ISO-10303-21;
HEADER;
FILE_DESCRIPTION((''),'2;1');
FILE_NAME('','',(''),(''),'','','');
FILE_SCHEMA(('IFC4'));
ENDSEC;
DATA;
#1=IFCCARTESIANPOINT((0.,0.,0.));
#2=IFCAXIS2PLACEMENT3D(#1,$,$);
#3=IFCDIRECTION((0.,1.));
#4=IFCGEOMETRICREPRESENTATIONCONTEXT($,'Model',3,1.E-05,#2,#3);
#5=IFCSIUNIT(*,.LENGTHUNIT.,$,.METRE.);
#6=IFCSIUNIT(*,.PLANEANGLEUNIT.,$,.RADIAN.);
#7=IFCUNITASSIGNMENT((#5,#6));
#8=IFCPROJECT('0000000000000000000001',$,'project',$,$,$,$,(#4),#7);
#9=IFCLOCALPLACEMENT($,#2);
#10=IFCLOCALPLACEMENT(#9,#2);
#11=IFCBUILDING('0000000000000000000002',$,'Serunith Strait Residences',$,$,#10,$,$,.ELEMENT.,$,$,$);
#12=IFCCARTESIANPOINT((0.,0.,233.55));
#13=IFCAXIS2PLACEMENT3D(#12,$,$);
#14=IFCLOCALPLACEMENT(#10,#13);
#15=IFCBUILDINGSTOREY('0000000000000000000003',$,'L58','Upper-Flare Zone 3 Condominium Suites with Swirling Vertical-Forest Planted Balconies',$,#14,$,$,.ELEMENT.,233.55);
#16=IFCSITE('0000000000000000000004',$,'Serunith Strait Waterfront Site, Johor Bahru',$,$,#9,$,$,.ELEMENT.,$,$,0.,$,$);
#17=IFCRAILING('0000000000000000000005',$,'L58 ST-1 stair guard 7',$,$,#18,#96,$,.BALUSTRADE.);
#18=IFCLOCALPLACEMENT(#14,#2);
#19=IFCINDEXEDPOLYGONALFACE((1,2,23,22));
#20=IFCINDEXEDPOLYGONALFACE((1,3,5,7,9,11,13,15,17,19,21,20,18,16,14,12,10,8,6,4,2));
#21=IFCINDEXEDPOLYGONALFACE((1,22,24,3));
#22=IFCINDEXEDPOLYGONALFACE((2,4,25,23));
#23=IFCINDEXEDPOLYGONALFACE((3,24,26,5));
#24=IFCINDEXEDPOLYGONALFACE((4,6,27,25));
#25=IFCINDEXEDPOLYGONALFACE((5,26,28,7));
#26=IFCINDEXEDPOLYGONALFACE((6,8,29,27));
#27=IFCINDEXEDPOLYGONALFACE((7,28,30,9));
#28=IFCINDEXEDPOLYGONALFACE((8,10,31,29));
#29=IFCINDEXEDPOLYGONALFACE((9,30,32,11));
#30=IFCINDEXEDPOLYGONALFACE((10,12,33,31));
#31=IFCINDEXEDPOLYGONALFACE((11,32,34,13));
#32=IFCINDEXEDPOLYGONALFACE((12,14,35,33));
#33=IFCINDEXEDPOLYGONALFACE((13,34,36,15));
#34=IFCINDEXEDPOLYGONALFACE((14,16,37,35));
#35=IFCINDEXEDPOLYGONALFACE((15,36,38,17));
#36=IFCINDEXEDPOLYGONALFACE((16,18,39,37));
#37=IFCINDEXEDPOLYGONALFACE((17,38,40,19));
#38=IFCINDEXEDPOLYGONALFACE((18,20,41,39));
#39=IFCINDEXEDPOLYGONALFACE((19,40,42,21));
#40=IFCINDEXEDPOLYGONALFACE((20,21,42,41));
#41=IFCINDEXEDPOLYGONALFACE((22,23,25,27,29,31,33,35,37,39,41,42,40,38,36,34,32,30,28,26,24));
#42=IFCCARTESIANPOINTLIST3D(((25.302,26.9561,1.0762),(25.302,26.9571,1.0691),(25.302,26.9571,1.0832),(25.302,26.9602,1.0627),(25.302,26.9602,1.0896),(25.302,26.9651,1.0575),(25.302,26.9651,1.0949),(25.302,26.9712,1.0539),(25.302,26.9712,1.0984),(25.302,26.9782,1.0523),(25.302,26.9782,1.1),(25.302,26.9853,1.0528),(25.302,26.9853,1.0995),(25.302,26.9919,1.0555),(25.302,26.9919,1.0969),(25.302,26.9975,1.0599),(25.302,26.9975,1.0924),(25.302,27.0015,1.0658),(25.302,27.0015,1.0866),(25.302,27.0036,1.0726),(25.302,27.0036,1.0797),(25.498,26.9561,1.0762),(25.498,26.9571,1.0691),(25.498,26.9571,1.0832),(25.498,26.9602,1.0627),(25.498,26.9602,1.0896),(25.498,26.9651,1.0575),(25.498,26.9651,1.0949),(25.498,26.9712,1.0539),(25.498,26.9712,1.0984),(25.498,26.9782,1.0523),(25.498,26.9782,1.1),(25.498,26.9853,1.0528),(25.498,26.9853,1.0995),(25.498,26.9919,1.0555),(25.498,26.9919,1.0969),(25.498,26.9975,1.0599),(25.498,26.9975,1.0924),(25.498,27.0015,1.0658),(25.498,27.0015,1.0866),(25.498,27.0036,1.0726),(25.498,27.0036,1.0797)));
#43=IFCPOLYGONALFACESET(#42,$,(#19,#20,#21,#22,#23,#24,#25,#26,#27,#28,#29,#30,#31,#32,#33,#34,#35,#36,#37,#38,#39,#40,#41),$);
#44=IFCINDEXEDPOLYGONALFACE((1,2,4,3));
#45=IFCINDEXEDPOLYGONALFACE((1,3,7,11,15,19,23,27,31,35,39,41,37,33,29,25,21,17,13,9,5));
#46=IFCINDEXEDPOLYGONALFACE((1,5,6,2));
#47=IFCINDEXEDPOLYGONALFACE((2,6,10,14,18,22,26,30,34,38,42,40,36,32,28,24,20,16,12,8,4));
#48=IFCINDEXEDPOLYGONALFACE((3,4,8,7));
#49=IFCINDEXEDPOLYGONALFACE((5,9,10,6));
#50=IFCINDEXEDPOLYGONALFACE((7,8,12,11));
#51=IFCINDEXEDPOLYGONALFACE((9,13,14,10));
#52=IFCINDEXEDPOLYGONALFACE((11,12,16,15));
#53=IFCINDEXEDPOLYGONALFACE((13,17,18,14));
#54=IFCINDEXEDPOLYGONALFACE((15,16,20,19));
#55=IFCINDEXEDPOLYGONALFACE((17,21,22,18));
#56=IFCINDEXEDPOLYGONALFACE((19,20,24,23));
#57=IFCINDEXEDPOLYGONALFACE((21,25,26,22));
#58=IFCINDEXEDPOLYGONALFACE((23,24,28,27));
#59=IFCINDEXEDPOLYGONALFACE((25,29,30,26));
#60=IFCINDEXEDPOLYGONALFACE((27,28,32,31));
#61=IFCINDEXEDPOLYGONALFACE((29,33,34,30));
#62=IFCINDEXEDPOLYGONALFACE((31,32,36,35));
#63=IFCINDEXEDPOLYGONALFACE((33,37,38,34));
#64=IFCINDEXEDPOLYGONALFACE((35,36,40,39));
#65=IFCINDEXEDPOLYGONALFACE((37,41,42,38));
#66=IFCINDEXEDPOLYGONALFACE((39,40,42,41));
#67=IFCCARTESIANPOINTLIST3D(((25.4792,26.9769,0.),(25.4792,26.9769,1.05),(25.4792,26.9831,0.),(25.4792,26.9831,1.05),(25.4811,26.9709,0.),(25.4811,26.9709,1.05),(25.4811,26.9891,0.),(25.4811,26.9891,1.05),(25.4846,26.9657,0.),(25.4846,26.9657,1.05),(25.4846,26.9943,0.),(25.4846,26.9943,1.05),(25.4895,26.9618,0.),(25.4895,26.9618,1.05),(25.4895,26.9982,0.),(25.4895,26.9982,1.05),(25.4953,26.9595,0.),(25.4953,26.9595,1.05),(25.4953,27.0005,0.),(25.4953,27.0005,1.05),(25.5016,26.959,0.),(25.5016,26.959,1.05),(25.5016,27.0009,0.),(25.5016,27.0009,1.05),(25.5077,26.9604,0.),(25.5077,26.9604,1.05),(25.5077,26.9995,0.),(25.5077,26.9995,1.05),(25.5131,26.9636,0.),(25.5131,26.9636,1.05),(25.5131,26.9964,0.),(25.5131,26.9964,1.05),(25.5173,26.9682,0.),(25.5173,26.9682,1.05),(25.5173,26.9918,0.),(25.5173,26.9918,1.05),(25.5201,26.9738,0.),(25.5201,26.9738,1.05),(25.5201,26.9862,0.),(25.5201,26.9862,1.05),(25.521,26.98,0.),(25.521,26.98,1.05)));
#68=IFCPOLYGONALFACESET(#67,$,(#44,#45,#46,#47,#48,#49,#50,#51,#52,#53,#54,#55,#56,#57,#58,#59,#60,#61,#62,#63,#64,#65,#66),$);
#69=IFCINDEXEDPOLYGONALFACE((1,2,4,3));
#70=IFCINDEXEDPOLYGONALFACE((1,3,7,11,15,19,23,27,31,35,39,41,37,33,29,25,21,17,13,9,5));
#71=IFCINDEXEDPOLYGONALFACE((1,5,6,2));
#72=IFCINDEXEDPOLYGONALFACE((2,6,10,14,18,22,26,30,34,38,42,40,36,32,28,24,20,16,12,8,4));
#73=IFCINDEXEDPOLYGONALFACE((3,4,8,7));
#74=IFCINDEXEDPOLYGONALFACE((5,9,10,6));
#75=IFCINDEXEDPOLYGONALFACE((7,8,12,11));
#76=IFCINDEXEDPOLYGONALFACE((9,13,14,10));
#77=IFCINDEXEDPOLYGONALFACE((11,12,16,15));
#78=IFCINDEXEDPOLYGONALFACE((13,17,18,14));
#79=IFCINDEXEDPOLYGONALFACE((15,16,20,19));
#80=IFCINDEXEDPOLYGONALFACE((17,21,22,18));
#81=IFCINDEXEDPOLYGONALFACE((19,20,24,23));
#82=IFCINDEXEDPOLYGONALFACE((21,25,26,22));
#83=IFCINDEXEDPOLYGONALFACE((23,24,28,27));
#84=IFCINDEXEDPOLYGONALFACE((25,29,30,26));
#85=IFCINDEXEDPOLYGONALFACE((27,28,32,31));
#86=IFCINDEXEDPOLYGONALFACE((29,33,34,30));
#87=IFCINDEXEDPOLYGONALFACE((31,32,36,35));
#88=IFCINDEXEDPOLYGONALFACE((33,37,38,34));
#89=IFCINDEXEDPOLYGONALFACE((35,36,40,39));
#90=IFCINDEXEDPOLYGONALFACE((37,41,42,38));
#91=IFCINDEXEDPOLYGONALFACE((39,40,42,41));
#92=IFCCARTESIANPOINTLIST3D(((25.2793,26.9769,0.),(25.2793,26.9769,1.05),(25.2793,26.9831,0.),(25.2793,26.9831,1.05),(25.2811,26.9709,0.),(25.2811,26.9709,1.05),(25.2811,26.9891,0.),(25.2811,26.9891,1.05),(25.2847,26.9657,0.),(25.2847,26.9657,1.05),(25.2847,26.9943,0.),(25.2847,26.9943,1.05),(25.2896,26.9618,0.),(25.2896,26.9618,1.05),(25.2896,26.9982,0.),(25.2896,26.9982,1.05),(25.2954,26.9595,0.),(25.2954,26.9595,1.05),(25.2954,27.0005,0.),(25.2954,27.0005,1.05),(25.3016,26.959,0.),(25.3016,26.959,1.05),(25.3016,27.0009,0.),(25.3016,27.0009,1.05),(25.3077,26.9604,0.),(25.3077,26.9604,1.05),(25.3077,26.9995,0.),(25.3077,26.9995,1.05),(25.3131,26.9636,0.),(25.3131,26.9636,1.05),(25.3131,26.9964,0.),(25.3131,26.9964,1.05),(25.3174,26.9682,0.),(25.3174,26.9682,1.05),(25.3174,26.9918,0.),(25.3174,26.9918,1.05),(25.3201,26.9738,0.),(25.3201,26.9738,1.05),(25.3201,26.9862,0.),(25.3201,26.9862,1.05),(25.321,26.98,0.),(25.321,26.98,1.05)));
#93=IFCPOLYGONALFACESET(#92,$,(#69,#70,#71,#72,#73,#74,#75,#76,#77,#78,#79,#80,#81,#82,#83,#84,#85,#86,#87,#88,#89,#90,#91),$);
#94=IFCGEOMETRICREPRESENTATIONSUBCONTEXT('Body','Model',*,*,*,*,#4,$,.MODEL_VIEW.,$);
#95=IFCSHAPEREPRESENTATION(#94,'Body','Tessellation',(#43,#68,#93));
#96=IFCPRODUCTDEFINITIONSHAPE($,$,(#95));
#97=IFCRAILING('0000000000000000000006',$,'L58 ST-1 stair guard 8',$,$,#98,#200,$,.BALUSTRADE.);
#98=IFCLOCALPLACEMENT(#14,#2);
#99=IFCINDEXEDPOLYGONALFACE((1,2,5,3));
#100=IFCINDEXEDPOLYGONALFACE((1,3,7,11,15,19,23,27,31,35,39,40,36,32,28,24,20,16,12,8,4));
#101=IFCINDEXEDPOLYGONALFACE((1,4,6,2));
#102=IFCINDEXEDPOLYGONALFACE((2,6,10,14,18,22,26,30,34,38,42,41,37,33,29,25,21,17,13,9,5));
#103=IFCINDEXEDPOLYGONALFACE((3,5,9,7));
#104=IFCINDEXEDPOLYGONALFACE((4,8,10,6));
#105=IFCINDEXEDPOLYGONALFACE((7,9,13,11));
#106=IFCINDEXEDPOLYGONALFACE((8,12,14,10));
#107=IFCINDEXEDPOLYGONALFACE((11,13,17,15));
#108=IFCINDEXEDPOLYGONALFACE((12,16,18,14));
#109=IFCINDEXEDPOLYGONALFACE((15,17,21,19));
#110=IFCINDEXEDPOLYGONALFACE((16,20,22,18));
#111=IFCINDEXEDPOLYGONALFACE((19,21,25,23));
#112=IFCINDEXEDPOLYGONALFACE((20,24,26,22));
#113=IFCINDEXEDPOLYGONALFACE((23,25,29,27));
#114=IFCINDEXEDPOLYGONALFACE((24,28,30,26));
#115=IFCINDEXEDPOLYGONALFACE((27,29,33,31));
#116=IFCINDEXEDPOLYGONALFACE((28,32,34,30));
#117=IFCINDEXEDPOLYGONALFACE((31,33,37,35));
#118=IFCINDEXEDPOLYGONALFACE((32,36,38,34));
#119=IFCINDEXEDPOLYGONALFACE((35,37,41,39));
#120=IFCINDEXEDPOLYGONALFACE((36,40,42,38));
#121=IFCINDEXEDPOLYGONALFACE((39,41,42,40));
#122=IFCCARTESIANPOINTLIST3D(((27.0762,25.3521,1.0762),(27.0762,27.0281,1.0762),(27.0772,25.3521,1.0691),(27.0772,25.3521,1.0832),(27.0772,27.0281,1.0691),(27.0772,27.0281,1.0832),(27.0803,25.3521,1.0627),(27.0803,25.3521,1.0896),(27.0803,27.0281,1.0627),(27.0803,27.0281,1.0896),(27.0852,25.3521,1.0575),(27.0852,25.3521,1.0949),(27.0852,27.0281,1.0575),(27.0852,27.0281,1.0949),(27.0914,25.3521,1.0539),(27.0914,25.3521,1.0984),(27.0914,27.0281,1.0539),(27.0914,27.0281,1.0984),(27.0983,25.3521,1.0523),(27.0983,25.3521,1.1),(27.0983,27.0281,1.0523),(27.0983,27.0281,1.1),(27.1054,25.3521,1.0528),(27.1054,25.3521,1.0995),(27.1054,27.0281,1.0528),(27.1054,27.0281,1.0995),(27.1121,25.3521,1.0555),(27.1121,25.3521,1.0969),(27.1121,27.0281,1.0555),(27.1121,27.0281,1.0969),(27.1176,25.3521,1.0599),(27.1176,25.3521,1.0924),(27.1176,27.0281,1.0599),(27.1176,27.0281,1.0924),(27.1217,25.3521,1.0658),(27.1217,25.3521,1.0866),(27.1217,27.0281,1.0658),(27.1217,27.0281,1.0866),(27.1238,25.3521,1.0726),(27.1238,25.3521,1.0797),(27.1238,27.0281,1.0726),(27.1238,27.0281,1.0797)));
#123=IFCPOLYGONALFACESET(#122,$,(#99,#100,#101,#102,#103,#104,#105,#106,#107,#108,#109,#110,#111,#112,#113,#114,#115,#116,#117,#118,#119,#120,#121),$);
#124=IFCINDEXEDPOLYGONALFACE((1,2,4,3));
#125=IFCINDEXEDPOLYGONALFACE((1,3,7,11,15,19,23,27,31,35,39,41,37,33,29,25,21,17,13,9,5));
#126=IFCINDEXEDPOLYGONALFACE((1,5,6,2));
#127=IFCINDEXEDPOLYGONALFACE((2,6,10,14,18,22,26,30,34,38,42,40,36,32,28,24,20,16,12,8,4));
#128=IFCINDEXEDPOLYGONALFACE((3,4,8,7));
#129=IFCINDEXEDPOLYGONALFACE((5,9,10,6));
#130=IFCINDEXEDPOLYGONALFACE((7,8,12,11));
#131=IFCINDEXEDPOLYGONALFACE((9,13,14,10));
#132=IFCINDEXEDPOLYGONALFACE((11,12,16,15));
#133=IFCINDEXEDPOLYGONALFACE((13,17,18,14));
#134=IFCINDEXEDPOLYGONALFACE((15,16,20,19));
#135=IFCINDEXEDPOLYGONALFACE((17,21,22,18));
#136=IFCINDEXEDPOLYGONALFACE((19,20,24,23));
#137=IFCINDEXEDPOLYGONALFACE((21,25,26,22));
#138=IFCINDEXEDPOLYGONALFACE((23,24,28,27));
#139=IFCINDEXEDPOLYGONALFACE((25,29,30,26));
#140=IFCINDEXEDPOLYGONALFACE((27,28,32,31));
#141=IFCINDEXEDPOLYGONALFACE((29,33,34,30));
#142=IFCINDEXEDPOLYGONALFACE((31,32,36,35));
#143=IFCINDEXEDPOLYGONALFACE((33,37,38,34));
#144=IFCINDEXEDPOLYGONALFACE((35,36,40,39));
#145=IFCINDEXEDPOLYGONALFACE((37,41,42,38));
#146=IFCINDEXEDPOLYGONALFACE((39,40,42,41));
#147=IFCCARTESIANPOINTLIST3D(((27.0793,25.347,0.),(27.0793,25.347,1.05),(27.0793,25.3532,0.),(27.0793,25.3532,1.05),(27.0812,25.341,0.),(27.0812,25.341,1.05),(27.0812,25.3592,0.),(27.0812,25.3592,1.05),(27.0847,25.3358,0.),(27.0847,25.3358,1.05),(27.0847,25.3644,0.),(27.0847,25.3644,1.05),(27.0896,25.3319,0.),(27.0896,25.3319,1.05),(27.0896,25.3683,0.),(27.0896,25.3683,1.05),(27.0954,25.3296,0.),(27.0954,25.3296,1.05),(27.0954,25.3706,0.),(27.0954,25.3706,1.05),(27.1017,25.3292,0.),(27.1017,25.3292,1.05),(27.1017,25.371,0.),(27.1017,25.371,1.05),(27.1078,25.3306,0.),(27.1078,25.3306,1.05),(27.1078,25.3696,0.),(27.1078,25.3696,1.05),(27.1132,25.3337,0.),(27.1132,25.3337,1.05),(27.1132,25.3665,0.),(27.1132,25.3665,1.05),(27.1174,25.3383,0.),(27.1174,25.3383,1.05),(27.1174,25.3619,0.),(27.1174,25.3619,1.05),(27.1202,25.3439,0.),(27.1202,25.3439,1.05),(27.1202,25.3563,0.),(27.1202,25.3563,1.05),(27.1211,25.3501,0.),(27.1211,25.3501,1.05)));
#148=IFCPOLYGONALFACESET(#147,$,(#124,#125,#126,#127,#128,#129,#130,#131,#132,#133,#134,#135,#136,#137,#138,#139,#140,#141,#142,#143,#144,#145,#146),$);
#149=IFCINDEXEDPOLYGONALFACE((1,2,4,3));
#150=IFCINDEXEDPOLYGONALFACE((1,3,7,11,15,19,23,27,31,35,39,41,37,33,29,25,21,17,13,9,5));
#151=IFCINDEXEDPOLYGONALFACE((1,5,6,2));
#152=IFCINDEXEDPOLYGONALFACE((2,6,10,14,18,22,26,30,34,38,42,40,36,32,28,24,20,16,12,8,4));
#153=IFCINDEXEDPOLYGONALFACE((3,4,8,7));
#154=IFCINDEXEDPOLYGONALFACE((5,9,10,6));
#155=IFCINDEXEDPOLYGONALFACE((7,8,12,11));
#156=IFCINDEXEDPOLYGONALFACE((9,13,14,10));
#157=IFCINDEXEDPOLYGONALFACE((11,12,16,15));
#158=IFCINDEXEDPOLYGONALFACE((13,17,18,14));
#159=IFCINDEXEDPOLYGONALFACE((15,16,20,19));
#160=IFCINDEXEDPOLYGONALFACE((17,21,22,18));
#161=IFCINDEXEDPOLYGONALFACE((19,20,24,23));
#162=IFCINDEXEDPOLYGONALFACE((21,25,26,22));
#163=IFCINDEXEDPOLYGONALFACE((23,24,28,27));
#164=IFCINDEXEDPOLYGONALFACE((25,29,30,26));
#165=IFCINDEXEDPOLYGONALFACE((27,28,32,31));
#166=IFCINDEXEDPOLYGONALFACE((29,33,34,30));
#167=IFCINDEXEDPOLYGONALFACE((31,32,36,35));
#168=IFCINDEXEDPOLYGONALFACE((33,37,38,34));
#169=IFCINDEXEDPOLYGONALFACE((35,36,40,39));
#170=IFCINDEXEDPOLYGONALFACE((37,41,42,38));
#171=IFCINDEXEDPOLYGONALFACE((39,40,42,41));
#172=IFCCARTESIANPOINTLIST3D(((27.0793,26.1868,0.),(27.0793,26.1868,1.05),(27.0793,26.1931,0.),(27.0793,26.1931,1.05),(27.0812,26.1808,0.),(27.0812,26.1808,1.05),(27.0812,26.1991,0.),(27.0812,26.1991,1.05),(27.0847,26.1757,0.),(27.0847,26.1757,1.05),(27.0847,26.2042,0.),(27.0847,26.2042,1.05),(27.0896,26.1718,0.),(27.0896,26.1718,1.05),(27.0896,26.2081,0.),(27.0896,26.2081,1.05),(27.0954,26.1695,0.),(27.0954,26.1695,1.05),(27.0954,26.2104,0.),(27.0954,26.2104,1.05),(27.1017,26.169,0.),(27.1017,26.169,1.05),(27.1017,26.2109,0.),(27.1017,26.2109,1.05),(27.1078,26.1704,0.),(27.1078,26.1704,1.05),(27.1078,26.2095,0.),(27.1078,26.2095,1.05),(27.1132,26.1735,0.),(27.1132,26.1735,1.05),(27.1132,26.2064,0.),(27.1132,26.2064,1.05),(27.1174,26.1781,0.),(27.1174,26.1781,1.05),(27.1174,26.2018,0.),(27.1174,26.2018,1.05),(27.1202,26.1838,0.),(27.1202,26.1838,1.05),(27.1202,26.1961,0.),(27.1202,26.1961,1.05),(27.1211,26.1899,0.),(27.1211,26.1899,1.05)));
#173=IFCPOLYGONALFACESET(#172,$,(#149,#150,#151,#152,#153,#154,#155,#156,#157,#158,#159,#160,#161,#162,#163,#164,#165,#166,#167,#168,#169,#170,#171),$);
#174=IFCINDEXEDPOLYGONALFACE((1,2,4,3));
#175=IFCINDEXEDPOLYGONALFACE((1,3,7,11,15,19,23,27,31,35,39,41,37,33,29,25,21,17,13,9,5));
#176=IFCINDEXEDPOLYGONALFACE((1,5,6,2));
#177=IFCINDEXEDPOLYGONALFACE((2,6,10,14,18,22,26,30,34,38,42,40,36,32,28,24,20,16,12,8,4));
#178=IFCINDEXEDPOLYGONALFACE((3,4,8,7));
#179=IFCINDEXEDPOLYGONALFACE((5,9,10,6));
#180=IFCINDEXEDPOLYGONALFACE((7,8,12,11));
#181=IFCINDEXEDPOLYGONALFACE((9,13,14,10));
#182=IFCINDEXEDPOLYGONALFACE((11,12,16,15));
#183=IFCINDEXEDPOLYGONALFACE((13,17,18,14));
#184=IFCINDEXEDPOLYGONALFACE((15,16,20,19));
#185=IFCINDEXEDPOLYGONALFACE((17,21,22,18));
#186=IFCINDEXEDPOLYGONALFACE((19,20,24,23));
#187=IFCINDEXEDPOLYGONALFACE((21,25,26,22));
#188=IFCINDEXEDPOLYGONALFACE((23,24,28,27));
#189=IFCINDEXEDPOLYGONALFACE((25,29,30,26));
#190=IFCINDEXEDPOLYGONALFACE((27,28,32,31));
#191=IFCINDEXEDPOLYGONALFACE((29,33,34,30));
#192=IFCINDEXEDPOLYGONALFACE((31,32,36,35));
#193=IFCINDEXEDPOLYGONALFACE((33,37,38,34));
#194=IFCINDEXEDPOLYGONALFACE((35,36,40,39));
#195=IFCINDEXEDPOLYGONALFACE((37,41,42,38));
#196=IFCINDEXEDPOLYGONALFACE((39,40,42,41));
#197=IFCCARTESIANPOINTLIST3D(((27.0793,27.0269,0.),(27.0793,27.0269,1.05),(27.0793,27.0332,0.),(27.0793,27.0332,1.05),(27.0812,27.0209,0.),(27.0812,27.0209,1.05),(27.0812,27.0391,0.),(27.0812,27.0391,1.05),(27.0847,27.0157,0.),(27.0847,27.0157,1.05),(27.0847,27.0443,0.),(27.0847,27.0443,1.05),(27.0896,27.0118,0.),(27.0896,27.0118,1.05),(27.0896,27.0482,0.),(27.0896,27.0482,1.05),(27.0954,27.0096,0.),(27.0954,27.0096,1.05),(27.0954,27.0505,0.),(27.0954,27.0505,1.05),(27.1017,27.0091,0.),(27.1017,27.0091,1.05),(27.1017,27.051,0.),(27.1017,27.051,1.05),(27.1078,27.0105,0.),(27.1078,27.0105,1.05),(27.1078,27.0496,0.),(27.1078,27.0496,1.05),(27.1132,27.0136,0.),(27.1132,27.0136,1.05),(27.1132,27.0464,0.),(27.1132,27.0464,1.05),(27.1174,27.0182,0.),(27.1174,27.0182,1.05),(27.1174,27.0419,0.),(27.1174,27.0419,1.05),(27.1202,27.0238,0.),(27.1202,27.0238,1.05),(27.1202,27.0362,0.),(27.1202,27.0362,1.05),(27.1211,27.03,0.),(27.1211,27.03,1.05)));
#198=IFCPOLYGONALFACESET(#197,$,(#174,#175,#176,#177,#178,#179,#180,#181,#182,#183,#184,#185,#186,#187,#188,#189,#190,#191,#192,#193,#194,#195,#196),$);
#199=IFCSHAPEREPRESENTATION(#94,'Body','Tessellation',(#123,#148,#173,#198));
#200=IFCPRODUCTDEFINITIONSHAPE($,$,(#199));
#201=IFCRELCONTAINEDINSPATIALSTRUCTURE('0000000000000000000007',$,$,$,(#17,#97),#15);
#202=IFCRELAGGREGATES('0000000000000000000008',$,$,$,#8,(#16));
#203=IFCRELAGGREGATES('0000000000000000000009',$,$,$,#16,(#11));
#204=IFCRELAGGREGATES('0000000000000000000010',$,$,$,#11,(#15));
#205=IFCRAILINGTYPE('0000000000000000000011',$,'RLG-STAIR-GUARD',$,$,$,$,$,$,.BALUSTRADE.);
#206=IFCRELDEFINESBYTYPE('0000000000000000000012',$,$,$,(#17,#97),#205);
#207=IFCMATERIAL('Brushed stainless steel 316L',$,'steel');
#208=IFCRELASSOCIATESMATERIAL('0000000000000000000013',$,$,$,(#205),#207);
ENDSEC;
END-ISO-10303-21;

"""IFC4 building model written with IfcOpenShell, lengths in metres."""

from ifc_helpers import new_model, si_unit, direction, frame, origin, origin_2d, place, context, subcontext, project, spatial, circle, extrude, material, type_object, element, save


model = new_model("IFC4")

# Units and contexts
model_context = context("Model", 3, precision=1e-05, world=origin(), true_north=direction((0.0, 1.0)))
body_context = subcontext(model_context, "Body", "Model", "MODEL_VIEW")
ifc_project = project(units=[si_unit("LENGTHUNIT", "METRE"), si_unit("PLANEANGLEUNIT", "RADIAN")], contexts=[model_context])

# Site, building, storey
site_placement = place(None, origin())
site = spatial("IfcSite", under=ifc_project, at=site_placement, Name="Serunith Strait Waterfront Site, Johor Bahru", CompositionType="ELEMENT", RefElevation=0.0)
building_placement = place(site_placement, origin())
building = spatial("IfcBuilding", under=site, at=building_placement, Name="Serunith Strait Residences", CompositionType="ELEMENT")
storey_placement = place(building_placement, frame((0.0, 0.0, 233.55)))
storey = spatial("IfcBuildingStorey", under=building, at=storey_placement, Name="L58", Description="Upper-Flare Zone 3 Condominium Suites with Swirling Vertical-Forest Planted Balconies", CompositionType="ELEMENT", Elevation=233.55)

# Railings
ifc_material_1 = material(Name="Brushed stainless steel 316L", Category="steel")
railing_type_1 = type_object("IfcRailingType", Name="RLG-STAIR-GUARD", PredefinedType="BALUSTRADE", material=ifc_material_1)
railing_1_placement = place(storey_placement, frame((25.5, 26.98, 0.0)))
element("IfcRailing", 1, at=railing_1_placement, inside=storey, type_object=railing_type_1, Name="L58 ST-1 stair guard 7", PredefinedType="BALUSTRADE", context=body_context, shape_type="SweptSolid", body=[
    extrude(circle(Radius=0.0239, at=origin_2d()), frame((-0.002, 0.0, 1.0762), z_axis=(-1.0, 0.0, 0.0), x_axis=(0.0, -1.0, 0.0)), (0.0, 0.0, 1.0), 0.196),
    extrude(circle(Radius=0.021, at=origin_2d()), origin(), (0.0, 0.0, 1.0), 1.05),
    extrude(circle(Radius=0.021, at=origin_2d()), frame((-0.2, 0.0, 0.0)), (0.0, 0.0, 1.0), 1.05),
])
for number, where, name in (
    (2, (27.1001, 25.3501, 0.0), "L58 ST-1 stair guard 8"),
):
    element("IfcRailing", number, at=place(storey_placement, frame(where)), inside=storey, type_object=railing_type_1, Name=name, PredefinedType="BALUSTRADE", context=body_context, shape_type="SweptSolid", body=[
        extrude(circle(Radius=0.0239, at=origin_2d()), frame((0.0, 0.002, 1.0762), z_axis=(0.0, 1.0, 0.0), x_axis=(-1.0, 0.0, 0.0)), (0.0, 0.0, 1.0), 1.676),
        extrude(circle(Radius=0.021, at=origin_2d()), origin(), (0.0, 0.0, 1.0), 1.05),
        extrude(circle(Radius=0.021, at=origin_2d()), frame((0.0, 0.8398, 0.0)), (0.0, 0.0, 1.0), 1.05),
        extrude(circle(Radius=0.021, at=origin_2d()), frame((0.0, 1.6799, 0.0)), (0.0, 0.0, 1.0), 1.05),
    ])

save(model, "model.ifc")
